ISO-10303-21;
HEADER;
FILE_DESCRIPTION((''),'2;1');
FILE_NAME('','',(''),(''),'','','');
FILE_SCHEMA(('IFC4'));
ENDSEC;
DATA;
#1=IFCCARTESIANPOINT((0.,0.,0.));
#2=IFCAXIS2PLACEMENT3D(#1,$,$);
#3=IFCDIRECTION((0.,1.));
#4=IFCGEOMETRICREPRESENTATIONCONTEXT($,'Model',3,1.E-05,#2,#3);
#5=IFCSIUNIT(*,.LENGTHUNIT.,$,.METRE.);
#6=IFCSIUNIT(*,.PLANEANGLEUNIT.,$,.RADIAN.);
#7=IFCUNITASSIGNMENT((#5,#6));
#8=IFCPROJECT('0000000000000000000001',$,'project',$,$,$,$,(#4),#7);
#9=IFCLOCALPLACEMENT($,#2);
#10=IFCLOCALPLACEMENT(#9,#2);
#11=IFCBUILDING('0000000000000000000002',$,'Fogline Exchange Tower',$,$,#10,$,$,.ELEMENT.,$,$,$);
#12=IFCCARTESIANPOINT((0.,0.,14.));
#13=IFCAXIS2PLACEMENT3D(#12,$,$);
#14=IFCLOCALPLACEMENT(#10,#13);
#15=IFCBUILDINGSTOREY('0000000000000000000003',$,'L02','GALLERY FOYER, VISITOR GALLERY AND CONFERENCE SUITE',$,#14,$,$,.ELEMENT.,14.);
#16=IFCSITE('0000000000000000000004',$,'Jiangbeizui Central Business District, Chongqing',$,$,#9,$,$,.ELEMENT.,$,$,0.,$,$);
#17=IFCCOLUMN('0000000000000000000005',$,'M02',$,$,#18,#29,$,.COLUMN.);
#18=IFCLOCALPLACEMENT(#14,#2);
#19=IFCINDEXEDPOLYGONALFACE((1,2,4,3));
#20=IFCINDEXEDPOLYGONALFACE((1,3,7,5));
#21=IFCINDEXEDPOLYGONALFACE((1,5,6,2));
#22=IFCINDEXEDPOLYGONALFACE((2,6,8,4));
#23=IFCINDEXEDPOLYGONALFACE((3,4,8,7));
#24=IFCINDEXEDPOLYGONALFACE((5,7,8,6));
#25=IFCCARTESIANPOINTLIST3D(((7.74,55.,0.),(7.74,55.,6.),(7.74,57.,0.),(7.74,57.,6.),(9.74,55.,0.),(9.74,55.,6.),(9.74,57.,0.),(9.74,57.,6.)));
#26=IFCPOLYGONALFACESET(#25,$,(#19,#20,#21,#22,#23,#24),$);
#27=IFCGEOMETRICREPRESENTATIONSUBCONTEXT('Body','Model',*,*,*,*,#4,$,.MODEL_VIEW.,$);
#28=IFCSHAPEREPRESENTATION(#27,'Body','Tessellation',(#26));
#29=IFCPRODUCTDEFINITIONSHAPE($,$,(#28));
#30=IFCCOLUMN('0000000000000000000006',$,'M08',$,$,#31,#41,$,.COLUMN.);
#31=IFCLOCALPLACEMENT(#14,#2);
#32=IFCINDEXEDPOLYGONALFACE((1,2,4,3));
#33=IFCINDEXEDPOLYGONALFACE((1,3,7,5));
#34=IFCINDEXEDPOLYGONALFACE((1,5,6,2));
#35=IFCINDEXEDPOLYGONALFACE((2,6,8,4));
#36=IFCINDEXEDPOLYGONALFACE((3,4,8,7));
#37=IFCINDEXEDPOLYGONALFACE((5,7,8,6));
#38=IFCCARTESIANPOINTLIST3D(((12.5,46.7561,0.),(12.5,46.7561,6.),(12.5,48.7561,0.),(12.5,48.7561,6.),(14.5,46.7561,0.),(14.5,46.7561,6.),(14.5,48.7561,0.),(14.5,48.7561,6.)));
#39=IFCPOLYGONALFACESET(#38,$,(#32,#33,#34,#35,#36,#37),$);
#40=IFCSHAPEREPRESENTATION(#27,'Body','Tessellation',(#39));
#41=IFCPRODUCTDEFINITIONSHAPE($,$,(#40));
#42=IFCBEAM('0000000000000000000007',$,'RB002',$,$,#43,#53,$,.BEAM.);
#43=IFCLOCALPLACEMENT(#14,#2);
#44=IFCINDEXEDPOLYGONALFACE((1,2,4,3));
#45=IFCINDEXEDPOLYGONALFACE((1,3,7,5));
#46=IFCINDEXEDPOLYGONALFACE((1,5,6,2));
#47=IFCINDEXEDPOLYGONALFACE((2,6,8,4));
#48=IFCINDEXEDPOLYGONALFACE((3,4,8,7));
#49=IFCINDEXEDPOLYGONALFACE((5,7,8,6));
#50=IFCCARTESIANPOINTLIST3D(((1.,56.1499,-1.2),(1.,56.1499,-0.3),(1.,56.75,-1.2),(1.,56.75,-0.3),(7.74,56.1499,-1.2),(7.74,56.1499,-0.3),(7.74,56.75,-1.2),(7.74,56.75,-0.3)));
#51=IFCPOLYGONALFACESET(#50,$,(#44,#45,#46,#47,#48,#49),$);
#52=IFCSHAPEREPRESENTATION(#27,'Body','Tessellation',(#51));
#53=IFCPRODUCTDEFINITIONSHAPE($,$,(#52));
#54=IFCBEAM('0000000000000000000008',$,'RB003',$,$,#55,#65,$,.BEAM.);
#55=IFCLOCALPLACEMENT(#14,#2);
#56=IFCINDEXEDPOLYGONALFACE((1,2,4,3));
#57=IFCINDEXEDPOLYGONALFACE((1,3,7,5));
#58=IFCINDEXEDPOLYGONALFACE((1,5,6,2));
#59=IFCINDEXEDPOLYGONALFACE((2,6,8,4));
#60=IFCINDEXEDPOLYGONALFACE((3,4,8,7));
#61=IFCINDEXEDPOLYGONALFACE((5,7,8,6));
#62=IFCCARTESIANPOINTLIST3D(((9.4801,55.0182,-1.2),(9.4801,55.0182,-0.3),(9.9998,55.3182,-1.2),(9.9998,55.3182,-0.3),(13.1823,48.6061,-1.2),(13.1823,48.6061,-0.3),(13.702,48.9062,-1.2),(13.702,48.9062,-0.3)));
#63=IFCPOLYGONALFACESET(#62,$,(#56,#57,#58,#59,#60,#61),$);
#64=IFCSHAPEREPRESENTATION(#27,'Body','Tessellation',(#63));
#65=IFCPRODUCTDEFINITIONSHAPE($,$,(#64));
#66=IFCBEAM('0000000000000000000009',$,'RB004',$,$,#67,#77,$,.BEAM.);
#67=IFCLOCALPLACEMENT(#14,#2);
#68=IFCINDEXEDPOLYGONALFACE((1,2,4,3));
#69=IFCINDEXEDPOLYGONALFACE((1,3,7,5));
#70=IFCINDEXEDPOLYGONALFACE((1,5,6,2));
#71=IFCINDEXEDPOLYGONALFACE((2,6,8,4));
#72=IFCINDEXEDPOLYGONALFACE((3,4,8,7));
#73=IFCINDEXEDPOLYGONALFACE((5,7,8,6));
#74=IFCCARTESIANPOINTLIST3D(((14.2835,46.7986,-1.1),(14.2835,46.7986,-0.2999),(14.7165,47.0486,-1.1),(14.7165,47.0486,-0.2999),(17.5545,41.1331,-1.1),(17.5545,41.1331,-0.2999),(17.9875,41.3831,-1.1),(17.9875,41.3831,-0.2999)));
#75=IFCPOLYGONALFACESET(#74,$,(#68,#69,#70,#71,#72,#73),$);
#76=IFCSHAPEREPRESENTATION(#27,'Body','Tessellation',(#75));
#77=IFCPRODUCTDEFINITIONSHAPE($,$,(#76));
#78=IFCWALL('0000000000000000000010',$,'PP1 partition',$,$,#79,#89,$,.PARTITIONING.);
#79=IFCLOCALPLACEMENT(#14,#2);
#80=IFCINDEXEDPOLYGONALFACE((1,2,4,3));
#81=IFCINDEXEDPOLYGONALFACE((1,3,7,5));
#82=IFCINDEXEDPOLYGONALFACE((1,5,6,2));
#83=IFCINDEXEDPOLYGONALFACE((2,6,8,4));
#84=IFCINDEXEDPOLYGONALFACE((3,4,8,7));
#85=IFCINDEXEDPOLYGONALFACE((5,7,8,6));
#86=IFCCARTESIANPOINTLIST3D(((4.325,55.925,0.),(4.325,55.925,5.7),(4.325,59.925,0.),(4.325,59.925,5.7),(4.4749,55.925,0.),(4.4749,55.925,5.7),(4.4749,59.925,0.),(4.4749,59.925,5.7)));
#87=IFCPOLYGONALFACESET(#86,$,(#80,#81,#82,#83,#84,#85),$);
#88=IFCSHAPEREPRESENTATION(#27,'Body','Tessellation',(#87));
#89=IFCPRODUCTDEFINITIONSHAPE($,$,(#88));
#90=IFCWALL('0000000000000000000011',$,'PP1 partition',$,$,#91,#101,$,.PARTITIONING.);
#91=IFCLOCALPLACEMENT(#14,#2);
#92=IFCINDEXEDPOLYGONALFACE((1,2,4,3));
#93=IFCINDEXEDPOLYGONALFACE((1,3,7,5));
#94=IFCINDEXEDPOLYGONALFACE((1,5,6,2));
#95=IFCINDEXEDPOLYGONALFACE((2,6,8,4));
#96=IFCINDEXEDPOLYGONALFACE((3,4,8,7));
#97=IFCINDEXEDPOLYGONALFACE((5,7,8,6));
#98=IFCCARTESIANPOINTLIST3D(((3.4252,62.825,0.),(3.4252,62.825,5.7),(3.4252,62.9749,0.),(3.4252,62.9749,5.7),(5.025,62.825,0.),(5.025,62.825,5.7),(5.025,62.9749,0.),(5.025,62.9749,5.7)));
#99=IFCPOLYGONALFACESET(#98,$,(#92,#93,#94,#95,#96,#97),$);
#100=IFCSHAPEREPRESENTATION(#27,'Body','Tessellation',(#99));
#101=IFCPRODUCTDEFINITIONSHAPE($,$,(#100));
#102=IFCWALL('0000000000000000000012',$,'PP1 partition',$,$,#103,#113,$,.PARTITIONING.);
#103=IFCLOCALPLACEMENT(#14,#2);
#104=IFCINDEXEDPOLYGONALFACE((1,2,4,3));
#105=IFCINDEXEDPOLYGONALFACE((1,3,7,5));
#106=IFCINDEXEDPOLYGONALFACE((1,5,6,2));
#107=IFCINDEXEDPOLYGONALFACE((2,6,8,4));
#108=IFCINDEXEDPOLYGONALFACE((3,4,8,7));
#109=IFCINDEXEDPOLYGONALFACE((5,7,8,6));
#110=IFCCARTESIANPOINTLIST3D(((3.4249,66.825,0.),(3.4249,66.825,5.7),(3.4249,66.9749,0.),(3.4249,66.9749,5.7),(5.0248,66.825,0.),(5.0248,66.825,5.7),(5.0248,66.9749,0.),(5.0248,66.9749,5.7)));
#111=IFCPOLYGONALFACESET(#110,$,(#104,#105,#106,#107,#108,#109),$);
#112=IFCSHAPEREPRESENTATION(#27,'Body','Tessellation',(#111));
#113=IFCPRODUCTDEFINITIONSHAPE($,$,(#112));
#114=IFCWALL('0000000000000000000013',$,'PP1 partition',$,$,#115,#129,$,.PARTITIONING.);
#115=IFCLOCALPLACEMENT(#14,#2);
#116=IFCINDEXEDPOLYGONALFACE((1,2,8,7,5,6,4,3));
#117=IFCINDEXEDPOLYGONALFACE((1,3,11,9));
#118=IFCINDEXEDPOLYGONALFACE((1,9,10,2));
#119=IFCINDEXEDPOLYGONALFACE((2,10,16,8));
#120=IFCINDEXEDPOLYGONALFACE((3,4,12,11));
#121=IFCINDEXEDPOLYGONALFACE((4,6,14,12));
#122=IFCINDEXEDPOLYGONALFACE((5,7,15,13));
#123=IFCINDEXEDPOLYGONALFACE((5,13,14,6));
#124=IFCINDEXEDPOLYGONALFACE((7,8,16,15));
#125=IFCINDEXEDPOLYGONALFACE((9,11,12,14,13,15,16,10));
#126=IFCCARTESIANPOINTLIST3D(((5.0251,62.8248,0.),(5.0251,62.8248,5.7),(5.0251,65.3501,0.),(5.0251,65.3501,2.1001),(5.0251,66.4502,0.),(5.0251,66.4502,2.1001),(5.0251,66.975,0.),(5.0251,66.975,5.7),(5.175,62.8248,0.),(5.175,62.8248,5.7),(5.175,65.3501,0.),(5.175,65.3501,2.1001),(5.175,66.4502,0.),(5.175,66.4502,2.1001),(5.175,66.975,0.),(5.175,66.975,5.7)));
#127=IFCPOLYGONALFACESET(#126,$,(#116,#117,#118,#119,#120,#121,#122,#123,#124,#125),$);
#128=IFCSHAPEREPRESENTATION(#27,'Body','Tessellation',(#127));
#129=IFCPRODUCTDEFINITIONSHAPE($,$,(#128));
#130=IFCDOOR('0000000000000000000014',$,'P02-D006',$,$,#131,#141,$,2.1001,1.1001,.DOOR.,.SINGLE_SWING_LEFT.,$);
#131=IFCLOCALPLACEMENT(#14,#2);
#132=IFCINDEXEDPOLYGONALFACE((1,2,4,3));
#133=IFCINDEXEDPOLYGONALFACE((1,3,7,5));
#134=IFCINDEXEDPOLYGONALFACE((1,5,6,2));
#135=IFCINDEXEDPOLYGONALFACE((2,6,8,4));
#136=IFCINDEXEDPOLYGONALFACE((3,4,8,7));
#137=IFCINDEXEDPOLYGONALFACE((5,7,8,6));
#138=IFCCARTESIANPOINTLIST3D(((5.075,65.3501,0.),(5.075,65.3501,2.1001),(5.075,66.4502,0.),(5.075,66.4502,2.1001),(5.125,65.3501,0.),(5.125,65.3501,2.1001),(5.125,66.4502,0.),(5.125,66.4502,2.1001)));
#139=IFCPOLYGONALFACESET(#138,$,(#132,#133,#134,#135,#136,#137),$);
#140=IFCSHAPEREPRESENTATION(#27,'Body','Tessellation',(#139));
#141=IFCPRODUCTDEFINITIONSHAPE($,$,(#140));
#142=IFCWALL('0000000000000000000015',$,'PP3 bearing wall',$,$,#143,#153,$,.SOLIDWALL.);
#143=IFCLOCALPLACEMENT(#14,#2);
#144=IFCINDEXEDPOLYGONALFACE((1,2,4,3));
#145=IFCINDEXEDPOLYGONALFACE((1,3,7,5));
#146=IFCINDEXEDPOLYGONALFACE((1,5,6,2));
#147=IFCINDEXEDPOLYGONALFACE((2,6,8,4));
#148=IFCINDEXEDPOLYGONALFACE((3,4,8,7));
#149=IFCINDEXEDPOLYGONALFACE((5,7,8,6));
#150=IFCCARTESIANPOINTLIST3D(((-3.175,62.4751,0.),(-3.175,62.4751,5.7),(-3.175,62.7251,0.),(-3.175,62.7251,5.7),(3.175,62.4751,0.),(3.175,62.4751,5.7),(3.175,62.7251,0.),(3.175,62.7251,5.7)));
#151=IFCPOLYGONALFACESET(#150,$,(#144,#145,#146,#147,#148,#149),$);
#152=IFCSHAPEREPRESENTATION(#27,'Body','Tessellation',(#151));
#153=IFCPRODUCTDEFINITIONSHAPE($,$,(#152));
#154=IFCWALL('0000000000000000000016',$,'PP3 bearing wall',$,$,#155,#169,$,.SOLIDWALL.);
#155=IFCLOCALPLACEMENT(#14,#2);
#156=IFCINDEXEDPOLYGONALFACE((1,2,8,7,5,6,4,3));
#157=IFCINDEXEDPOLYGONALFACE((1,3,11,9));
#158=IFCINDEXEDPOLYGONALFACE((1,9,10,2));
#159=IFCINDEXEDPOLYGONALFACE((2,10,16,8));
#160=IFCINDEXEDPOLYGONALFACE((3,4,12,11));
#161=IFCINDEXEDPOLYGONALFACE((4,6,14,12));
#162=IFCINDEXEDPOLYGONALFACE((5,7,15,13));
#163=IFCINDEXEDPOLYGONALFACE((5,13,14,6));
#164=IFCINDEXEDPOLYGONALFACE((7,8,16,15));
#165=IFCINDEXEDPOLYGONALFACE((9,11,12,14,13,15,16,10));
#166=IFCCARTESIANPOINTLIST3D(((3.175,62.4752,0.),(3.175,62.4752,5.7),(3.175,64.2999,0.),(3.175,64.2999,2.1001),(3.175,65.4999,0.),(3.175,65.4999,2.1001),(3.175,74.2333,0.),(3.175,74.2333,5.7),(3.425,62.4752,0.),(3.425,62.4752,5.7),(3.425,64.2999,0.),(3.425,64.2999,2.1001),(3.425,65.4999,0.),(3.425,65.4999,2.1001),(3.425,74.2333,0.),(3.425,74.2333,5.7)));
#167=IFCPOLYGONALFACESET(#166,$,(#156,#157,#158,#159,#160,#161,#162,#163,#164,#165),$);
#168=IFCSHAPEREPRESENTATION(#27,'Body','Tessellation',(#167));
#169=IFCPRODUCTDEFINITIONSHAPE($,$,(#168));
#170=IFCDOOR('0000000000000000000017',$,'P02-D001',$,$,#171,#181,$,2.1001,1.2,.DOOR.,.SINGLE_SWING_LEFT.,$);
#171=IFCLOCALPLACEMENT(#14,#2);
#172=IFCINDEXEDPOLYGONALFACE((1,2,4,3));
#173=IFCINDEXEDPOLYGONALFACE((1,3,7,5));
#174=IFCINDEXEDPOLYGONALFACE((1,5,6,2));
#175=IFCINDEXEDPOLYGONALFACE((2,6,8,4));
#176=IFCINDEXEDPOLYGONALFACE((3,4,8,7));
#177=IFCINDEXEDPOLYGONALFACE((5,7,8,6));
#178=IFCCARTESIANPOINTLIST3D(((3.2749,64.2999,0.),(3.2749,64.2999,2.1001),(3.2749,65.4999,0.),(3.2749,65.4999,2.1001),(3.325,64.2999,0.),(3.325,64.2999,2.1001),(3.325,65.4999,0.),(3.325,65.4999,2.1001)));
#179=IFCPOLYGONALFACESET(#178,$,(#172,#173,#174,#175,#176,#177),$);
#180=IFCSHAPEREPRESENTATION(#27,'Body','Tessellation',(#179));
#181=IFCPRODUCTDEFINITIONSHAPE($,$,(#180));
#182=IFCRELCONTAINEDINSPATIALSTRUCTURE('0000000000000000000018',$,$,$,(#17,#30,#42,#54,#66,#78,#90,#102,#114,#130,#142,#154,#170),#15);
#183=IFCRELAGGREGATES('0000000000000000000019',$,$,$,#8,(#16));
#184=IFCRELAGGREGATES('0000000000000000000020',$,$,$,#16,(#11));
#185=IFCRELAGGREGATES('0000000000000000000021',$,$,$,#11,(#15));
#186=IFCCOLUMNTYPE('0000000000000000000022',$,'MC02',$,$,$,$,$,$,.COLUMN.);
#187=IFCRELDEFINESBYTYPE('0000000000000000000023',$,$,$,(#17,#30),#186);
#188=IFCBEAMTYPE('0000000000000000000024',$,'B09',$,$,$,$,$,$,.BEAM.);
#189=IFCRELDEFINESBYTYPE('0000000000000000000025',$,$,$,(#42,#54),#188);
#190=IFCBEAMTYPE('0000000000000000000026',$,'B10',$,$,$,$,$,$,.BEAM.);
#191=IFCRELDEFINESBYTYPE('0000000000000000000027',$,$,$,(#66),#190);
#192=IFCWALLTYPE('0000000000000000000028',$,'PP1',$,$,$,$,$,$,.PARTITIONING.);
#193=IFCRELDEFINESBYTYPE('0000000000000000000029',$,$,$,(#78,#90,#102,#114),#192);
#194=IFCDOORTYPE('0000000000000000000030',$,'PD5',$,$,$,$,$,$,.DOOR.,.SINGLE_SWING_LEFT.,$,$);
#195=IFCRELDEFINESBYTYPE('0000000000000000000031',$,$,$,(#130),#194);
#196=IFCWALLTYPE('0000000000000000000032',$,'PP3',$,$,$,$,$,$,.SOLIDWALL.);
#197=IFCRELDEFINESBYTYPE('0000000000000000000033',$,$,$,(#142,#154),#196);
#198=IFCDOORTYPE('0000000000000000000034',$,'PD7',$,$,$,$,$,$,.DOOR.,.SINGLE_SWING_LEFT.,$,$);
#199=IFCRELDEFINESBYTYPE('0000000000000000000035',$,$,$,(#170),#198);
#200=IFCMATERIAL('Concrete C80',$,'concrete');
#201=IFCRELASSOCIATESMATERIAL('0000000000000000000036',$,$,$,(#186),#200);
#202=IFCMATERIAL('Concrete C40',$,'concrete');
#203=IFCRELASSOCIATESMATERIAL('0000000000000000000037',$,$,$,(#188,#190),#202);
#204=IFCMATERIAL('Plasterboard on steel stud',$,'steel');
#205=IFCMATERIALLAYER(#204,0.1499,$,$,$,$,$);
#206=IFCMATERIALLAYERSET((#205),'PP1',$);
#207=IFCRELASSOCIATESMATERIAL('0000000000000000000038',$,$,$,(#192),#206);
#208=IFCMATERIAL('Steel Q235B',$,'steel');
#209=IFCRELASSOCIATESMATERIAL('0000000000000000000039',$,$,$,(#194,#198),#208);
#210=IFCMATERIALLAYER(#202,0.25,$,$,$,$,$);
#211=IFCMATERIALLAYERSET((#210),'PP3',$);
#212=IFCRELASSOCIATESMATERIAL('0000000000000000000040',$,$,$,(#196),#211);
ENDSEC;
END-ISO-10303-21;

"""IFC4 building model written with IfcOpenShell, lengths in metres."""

from ifc_helpers import new_model, si_unit, direction, frame, frame_2d, origin, origin_2d, place, context, subcontext, project, spatial, rectangle, extrude, material, layer, layer_set, material_profile, profile_set, type_object, element, fill, save


model = new_model("IFC4")

# Units and contexts
model_context = context("Model", 3, precision=1e-05, world=origin(), true_north=direction((0.0, 1.0)))
body_context = subcontext(model_context, "Body", "Model", "MODEL_VIEW")
ifc_project = project(units=[si_unit("LENGTHUNIT", "METRE"), si_unit("PLANEANGLEUNIT", "RADIAN")], contexts=[model_context])

# Site, building, storey
site_placement = place(None, origin())
site = spatial("IfcSite", under=ifc_project, at=site_placement, Name="Jiangbeizui Central Business District, Chongqing", CompositionType="ELEMENT", RefElevation=0.0)
building_placement = place(site_placement, origin())
building = spatial("IfcBuilding", under=site, at=building_placement, Name="Fogline Exchange Tower", CompositionType="ELEMENT")
storey_placement = place(building_placement, frame((0.0, 0.0, 14.0)))
storey = spatial("IfcBuildingStorey", under=building, at=storey_placement, Name="L02", Description="GALLERY FOYER, VISITOR GALLERY AND CONFERENCE SUITE", CompositionType="ELEMENT", Elevation=14.0)

# Columns
ifc_material_1 = material(Name="Concrete C80", Category="concrete")
ifc_material_profile_1 = material_profile(ifc_material_1, rectangle(XDim=2.0, YDim=2.0, at=origin_2d()), Name="RC 2000x2000")
ifc_profile_set_1 = profile_set([ifc_material_profile_1], Name="Concrete C80")
column_type = type_object("IfcColumnType", Name="MC02", PredefinedType="COLUMN", material=ifc_profile_set_1)
for number, where, z_axis, x_axis, name in (
    (1, (8.74, 56.0, 0.0), (0.0, 0.0, 1.0), (1.0, 0.0, 0.0), "M02"),
    (2, (13.5, 47.7561, 0.0), (0.0, 0.0, 1.0), (1.0, 0.0, 0.0), "M08"),
):
    element("IfcColumn", number, at=place(storey_placement, frame(where, z_axis=z_axis, x_axis=x_axis)), inside=storey, type_object=column_type, Name=name, PredefinedType="COLUMN", context=body_context, shape_type="SweptSolid", body=[
        extrude(rectangle(XDim=2.0, YDim=2.0, at=origin_2d()), origin(), (0.0, 0.0, 1.0), 6.0),
    ])

# Beams
ifc_material_2 = material(Name="Concrete C40", Category="concrete")
ifc_material_profile_2 = material_profile(ifc_material_2, rectangle(XDim=0.6001, YDim=0.8999, at=origin_2d()), Name="RC 600x900")
ifc_profile_set_2 = profile_set([ifc_material_profile_2], Name="Concrete C40")
beam_type_1 = type_object("IfcBeamType", Name="B09", PredefinedType="BEAM", material=ifc_profile_set_2)
beam_1_placement = place(storey_placement, frame((1.0, 56.45, -0.75), z_axis=(1.0, 0.0, 0.0), x_axis=(0.0, 1.0, 0.0)))
element("IfcBeam", 3, at=beam_1_placement, inside=storey, type_object=beam_type_1, Name="RB002", PredefinedType="BEAM", context=body_context, shape_type="SweptSolid", body=[
    extrude(rectangle(XDim=0.6001, YDim=0.8999, at=origin_2d()), origin(), (0.0, 0.0, 1.0), 6.74),
])
beam_2_placement = place(storey_placement, frame((9.74, 55.1682, -0.75), z_axis=(0.500012, -0.866019, 0.0), x_axis=(0.866019, 0.500012, 0.0)))
element("IfcBeam", 4, at=beam_2_placement, inside=storey, type_object=beam_type_1, Name="RB003", PredefinedType="BEAM", context=body_context, shape_type="SweptSolid", body=[
    extrude(rectangle(XDim=0.6001, YDim=0.8999, at=origin_2d()), origin(), (0.0, 0.0, 1.0), 7.4041),
])
ifc_material_profile_3 = material_profile(ifc_material_2, rectangle(XDim=0.5, YDim=0.8, at=origin_2d()), Name="RC 500x800")
ifc_profile_set_3 = profile_set([ifc_material_profile_3], Name="Concrete C40")
beam_type_2 = type_object("IfcBeamType", Name="B10", PredefinedType="BEAM", material=ifc_profile_set_3)
beam_3_placement = place(storey_placement, frame((14.5, 46.9236, -0.7), z_axis=(0.5, -0.866025, 0.0), x_axis=(0.866025, 0.5, 0.0)))
element("IfcBeam", 5, at=beam_3_placement, inside=storey, type_object=beam_type_2, Name="RB004", PredefinedType="BEAM", context=body_context, shape_type="SweptSolid", body=[
    extrude(rectangle(XDim=0.5, YDim=0.8, at=origin_2d()), origin(), (0.0, 0.0, 1.0), 6.542),
])

# Shared definitions
ifc_material_3 = material(Name="Plasterboard on steel stud", Category="steel")
ifc_layer_1 = layer(ifc_material_3, 0.1499)
ifc_layer_set_1 = layer_set([ifc_layer_1], Name="PP1")
wall_type_1 = type_object("IfcWallType", Name="PP1", PredefinedType="PARTITIONING", material=ifc_layer_set_1)
ifc_material_4 = material(Name="Steel Q235B", Category="steel")

# Wall
wall_1_placement = place(storey_placement, frame((4.3999, 55.925, 0.0), z_axis=(0.0, 0.0, 1.0), x_axis=(0.0, 1.0, 0.0)))
element("IfcWall", 6, at=wall_1_placement, inside=storey, type_object=wall_type_1, Name="PP1 partition", PredefinedType="PARTITIONING", context=body_context, shape_type="SweptSolid", body=[
    extrude(rectangle(XDim=4.0, YDim=0.1499, at=frame_2d((2.0, 0.0))), origin(), (0.0, 0.0, 1.0), 5.7),
])

# Walls
for number, where, z_axis, x_axis, name in (
    (7, (5.0249, 62.8999, 0.0), (0.0, 0.0, 1.0), (-1.0, 0.0, 0.0), "PP1 partition"),
    (8, (3.425, 66.8999, 0.0), (0.0, 0.0, 1.0), (1.0, 0.0, 0.0), "PP1 partition"),
):
    element("IfcWall", number, at=place(storey_placement, frame(where, z_axis=z_axis, x_axis=x_axis)), inside=storey, type_object=wall_type_1, Name=name, PredefinedType="PARTITIONING", context=body_context, shape_type="SweptSolid", body=[
        extrude(rectangle(XDim=1.5999, YDim=0.1499, at=frame_2d((0.7998, 0.0))), origin(), (0.0, 0.0, 1.0), 5.7),
    ])

# Wall, opening, door
wall_2_placement = place(storey_placement, frame((5.1001, 66.9751, 0.0), z_axis=(0.0, 0.0, 1.0), x_axis=(0.0, -1.0, 0.0)))
wall_2 = element("IfcWall", 9, at=wall_2_placement, inside=storey, type_object=wall_type_1, Name="PP1 partition", PredefinedType="PARTITIONING", context=body_context, shape_type="SweptSolid", body=[
    extrude(rectangle(XDim=4.1501, YDim=0.1499, at=frame_2d((2.0752, 0.0))), origin(), (0.0, 0.0, 1.0), 5.7),
])
opening_1_placement = place(wall_2_placement, frame((0.5249, 0.0, 0.0)))
opening_1 = element("IfcOpeningElement", 10, at=opening_1_placement, cuts=wall_2, PredefinedType="OPENING", context=body_context, shape_type="SweptSolid", body=[
    extrude(rectangle(XDim=1.1001, YDim=2.1001, at=frame_2d((0.55, 1.05))), frame((0.0, 0.085, 0.0), z_axis=(0.0, -1.0, 0.0), x_axis=(1.0, 0.0, 0.0)), (0.0, 0.0, 1.0), 0.1699),
])
door_type_1 = type_object("IfcDoorType", Name="PD5", OperationType="SINGLE_SWING_LEFT", PredefinedType="DOOR", material=ifc_material_4)
door_1_placement = place(opening_1_placement, origin())
door_1 = element("IfcDoor", 11, at=door_1_placement, inside=storey, type_object=door_type_1, Name="P02-D006", OperationType="SINGLE_SWING_LEFT", OverallHeight=2.1001, OverallWidth=1.1001, PredefinedType="DOOR", context=body_context, shape_type="SweptSolid", body=[
    extrude(rectangle(XDim=1.1001, YDim=2.1001, at=frame_2d((0.55, 1.05))), frame((0.0, 0.0249, 0.0), z_axis=(0.0, -1.0, 0.0), x_axis=(1.0, 0.0, 0.0)), (0.0, 0.0, 1.0), 0.05),
])
fill(opening_1, door_1)

# Wall
ifc_layer_2 = layer(ifc_material_2, 0.25)
ifc_layer_set_2 = layer_set([ifc_layer_2], Name="PP3")
wall_type_2 = type_object("IfcWallType", Name="PP3", PredefinedType="SOLIDWALL", material=ifc_layer_set_2)
wall_3_placement = place(storey_placement, frame((3.175, 62.6001, 0.0), z_axis=(0.0, 0.0, 1.0), x_axis=(-1.0, 0.0, 0.0)))
element("IfcWall", 12, at=wall_3_placement, inside=storey, type_object=wall_type_2, Name="PP3 bearing wall", PredefinedType="SOLIDWALL", context=body_context, shape_type="SweptSolid", body=[
    extrude(rectangle(XDim=6.3501, YDim=0.25, at=frame_2d((3.175, 0.0))), origin(), (0.0, 0.0, 1.0), 5.7),
])

# Wall, opening, door
wall_4_placement = place(storey_placement, frame((3.3, 74.2332, 0.0), z_axis=(0.0, 0.0, 1.0), x_axis=(0.0, -1.0, 0.0)))
wall_4 = element("IfcWall", 13, at=wall_4_placement, inside=storey, type_object=wall_type_2, Name="PP3 bearing wall", PredefinedType="SOLIDWALL", context=body_context, shape_type="SweptSolid", body=[
    extrude(rectangle(XDim=11.7581, YDim=0.25, at=frame_2d((5.8789, 0.0))), origin(), (0.0, 0.0, 1.0), 5.7),
])
opening_2_placement = place(wall_4_placement, frame((8.7332, 0.0, 0.0)))
opening_2 = element("IfcOpeningElement", 14, at=opening_2_placement, cuts=wall_4, PredefinedType="OPENING", context=body_context, shape_type="SweptSolid", body=[
    extrude(rectangle(XDim=1.2, YDim=2.1001, at=frame_2d((0.6001, 1.05))), frame((0.0, 0.135, 0.0), z_axis=(0.0, -1.0, 0.0), x_axis=(1.0, 0.0, 0.0)), (0.0, 0.0, 1.0), 0.27),
])
door_type_2 = type_object("IfcDoorType", Name="PD7", OperationType="SINGLE_SWING_LEFT", PredefinedType="DOOR", material=ifc_material_4)
door_2_placement = place(opening_2_placement, origin())
door_2 = element("IfcDoor", 15, at=door_2_placement, inside=storey, type_object=door_type_2, Name="P02-D001", OperationType="SINGLE_SWING_LEFT", OverallHeight=2.1001, OverallWidth=1.2, PredefinedType="DOOR", context=body_context, shape_type="SweptSolid", body=[
    extrude(rectangle(XDim=1.2, YDim=2.1001, at=frame_2d((0.6001, 1.05))), frame((0.0, 0.0249, 0.0), z_axis=(0.0, -1.0, 0.0), x_axis=(1.0, 0.0, 0.0)), (0.0, 0.0, 1.0), 0.05),
])
fill(opening_2, door_2)

save(model, "model.ifc")
